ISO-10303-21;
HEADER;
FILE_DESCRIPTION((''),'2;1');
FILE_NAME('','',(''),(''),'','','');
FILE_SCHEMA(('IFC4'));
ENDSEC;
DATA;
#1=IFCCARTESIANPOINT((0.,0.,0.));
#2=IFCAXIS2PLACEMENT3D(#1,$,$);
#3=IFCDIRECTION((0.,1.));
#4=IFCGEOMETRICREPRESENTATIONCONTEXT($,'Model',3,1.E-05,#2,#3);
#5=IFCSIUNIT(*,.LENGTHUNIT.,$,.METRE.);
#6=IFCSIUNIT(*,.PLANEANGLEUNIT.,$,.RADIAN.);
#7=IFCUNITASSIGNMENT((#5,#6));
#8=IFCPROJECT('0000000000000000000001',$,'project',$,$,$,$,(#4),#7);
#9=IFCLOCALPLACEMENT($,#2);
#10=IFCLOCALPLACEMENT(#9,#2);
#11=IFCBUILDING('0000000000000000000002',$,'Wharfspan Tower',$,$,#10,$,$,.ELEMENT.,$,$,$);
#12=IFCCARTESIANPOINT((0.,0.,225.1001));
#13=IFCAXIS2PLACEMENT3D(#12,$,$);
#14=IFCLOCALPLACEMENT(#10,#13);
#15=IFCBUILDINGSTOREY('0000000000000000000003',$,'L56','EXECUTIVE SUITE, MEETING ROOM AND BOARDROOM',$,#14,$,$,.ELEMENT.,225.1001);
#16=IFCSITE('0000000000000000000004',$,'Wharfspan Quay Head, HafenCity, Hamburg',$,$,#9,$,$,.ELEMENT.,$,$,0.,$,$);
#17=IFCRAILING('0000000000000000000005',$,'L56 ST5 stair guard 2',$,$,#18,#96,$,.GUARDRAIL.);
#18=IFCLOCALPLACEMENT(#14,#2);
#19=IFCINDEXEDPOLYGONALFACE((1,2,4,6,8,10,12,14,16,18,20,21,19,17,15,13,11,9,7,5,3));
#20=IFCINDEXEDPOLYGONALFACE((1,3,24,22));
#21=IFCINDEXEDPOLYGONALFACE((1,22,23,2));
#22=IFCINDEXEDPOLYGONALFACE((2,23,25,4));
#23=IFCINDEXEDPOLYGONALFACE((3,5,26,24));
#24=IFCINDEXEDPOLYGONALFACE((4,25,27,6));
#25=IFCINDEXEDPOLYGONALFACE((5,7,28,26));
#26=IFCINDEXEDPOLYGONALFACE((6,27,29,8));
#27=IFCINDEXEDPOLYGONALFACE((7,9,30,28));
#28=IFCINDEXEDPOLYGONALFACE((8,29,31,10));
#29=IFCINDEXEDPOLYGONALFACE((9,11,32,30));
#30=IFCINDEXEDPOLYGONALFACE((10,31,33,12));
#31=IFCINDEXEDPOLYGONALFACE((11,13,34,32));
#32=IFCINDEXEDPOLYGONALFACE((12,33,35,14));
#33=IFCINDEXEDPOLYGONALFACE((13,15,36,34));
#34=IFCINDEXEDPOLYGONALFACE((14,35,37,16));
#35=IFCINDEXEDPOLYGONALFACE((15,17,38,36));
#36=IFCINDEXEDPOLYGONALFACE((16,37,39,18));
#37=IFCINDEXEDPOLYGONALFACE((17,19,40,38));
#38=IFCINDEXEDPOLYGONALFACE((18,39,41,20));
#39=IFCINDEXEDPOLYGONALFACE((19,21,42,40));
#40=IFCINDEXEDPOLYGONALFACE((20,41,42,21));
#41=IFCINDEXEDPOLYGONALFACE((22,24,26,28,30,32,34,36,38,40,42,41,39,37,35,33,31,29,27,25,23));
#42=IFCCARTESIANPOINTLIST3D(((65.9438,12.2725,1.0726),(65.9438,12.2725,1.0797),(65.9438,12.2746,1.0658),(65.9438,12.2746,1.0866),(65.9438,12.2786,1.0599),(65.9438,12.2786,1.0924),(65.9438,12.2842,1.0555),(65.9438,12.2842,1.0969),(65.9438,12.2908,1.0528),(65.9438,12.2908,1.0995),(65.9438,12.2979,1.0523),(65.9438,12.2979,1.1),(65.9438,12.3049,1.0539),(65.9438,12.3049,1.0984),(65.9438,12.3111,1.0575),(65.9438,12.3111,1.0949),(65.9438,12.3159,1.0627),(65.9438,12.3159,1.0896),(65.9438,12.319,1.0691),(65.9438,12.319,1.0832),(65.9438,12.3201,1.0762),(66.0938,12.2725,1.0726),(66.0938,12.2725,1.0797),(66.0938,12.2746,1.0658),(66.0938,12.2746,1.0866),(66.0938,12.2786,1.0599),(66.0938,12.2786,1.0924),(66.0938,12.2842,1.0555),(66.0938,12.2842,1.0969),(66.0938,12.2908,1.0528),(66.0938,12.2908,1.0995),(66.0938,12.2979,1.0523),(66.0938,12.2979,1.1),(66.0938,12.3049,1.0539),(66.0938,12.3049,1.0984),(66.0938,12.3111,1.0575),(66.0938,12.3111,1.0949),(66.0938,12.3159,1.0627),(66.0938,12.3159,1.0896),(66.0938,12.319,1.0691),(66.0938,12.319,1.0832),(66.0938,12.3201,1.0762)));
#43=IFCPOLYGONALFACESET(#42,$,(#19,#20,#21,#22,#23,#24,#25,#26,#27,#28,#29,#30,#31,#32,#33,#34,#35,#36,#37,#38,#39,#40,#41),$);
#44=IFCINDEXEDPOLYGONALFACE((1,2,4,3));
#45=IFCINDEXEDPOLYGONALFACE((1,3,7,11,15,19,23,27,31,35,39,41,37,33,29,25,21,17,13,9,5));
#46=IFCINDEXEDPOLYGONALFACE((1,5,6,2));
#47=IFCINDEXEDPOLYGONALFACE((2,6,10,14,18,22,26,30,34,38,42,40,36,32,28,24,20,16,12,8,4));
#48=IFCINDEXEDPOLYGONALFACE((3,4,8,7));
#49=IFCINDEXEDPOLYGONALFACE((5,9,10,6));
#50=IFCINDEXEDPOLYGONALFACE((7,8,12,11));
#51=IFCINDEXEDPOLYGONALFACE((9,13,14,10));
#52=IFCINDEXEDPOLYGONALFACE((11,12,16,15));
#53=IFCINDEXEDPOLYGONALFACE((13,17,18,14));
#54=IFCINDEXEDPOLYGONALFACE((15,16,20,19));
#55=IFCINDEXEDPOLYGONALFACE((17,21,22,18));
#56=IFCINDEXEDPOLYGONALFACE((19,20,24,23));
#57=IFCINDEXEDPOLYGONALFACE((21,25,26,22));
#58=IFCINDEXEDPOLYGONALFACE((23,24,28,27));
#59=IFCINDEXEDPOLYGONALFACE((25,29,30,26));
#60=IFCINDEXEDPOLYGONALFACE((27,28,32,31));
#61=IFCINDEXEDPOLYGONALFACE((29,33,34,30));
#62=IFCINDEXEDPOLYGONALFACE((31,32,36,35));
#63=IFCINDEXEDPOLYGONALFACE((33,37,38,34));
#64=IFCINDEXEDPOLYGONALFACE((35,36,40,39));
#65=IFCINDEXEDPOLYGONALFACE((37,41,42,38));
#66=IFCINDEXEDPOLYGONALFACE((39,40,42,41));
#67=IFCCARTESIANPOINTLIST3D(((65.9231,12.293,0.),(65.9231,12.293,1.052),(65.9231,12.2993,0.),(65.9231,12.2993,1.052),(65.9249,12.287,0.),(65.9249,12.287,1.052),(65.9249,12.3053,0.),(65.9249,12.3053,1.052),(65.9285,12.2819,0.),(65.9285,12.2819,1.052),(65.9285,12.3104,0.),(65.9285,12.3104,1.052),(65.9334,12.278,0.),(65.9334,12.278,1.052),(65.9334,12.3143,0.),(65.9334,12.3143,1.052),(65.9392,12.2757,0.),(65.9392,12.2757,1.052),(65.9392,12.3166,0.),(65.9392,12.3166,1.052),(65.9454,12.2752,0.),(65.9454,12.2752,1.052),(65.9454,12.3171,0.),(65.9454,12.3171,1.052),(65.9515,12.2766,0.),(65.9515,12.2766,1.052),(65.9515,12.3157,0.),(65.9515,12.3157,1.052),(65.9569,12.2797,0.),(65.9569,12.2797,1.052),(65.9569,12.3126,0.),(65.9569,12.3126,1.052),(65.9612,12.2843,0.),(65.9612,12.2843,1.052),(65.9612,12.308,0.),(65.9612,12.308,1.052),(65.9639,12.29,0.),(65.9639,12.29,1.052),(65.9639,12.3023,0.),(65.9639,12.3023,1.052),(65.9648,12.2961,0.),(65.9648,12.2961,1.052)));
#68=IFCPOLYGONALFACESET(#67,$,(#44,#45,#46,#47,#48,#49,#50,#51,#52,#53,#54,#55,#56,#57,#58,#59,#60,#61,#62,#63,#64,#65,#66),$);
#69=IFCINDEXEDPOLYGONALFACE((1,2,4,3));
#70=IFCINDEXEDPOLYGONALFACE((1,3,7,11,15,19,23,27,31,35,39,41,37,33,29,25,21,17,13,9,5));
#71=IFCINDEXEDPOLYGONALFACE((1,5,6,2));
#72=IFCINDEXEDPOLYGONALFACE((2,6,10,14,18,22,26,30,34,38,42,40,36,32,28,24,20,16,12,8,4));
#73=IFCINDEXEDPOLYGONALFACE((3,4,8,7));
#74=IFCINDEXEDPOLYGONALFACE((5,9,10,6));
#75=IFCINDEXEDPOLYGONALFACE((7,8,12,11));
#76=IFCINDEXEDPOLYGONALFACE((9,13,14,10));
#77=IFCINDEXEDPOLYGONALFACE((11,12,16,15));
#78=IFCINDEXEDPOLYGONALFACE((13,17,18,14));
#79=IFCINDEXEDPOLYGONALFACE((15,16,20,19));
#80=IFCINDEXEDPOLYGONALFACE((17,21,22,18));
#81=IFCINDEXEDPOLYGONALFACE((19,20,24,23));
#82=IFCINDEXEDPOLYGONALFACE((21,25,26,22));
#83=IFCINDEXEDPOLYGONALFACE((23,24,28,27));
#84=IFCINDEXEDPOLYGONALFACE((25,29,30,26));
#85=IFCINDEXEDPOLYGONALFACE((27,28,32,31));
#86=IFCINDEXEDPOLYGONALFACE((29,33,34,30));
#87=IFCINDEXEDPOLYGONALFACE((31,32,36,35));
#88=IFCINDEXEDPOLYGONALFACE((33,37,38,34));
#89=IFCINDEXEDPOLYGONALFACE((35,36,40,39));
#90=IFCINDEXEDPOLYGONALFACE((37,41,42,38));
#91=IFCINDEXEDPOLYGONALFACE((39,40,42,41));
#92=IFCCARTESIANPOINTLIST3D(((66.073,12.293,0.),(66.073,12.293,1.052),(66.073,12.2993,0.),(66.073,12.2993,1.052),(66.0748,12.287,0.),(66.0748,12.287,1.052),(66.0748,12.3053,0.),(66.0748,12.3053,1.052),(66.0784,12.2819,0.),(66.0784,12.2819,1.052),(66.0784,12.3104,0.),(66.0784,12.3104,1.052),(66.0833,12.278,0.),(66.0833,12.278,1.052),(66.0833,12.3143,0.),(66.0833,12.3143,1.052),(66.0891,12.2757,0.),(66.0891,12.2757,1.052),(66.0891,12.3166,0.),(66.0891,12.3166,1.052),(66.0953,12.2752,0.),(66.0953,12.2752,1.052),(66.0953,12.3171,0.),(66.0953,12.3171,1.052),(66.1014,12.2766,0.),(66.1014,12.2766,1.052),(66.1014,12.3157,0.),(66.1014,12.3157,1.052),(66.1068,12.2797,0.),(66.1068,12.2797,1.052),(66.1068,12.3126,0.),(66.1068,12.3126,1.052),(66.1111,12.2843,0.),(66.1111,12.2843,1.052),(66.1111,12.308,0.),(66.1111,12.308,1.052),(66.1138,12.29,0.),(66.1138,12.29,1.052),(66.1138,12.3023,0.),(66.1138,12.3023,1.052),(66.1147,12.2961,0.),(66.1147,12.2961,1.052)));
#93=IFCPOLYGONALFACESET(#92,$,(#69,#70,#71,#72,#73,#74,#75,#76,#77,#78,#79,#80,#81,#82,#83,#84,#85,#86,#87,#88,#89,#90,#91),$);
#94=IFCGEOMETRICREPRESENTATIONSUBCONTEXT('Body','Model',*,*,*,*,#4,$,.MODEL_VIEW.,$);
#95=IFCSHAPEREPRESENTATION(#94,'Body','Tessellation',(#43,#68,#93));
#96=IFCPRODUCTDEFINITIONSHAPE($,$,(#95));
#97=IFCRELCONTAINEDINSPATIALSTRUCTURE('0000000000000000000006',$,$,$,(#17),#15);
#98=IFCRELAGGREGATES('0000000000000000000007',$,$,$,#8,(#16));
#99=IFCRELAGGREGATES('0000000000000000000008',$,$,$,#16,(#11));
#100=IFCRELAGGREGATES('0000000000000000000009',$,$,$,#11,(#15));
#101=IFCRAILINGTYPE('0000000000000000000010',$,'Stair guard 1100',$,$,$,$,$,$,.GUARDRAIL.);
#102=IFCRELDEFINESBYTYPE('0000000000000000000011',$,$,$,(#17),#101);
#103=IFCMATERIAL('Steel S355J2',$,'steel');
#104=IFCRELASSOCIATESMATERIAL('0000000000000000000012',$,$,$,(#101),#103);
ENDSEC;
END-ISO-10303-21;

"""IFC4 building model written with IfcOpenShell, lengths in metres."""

from ifc_helpers import new_model, si_unit, direction, frame, origin, origin_2d, place, context, subcontext, project, spatial, circle, extrude, material, type_object, element, save


model = new_model("IFC4")

# Units and contexts
model_context = context("Model", 3, precision=1e-05, world=origin(), true_north=direction((0.0, 1.0)))
body_context = subcontext(model_context, "Body", "Model", "MODEL_VIEW")
ifc_project = project(units=[si_unit("LENGTHUNIT", "METRE"), si_unit("PLANEANGLEUNIT", "RADIAN")], contexts=[model_context])

# Site, building, storey
site_placement = place(None, origin())
site = spatial("IfcSite", under=ifc_project, at=site_placement, Name="Wharfspan Quay Head, HafenCity, Hamburg", CompositionType="ELEMENT", RefElevation=0.0)
building_placement = place(site_placement, origin())
building = spatial("IfcBuilding", under=site, at=building_placement, Name="Wharfspan Tower", CompositionType="ELEMENT")
storey_placement = place(building_placement, frame((0.0, 0.0, 225.1001)))
storey = spatial("IfcBuildingStorey", under=building, at=storey_placement, Name="L56", Description="EXECUTIVE SUITE, MEETING ROOM AND BOARDROOM", CompositionType="ELEMENT", Elevation=225.1001)

# Shared definitions
ifc_material_1 = material(Name="Steel S355J2", Category="steel")

# Railing
railing_type_1 = type_object("IfcRailingType", Name="Stair guard 1100", PredefinedType="GUARDRAIL", material=ifc_material_1)
railing_1_placement = place(storey_placement, frame((65.9438, 12.2961, 0.0)))
element("IfcRailing", 1, at=railing_1_placement, inside=storey, type_object=railing_type_1, Name="L56 ST5 stair guard 2", PredefinedType="GUARDRAIL", context=body_context, shape_type="SweptSolid", body=[
    extrude(circle(Radius=0.0239, at=origin_2d()), frame((0.0, 0.0, 1.0762), z_axis=(1.0, 0.0, 0.0), x_axis=(0.0, 1.0, 0.0)), (0.0, 0.0, 1.0), 0.1499),
    extrude(circle(Radius=0.021, at=origin_2d()), origin(), (0.0, 0.0, 1.0), 1.052),
    extrude(circle(Radius=0.021, at=origin_2d()), frame((0.1499, 0.0, 0.0)), (0.0, 0.0, 1.0), 1.052),
])

save(model, "model.ifc")
